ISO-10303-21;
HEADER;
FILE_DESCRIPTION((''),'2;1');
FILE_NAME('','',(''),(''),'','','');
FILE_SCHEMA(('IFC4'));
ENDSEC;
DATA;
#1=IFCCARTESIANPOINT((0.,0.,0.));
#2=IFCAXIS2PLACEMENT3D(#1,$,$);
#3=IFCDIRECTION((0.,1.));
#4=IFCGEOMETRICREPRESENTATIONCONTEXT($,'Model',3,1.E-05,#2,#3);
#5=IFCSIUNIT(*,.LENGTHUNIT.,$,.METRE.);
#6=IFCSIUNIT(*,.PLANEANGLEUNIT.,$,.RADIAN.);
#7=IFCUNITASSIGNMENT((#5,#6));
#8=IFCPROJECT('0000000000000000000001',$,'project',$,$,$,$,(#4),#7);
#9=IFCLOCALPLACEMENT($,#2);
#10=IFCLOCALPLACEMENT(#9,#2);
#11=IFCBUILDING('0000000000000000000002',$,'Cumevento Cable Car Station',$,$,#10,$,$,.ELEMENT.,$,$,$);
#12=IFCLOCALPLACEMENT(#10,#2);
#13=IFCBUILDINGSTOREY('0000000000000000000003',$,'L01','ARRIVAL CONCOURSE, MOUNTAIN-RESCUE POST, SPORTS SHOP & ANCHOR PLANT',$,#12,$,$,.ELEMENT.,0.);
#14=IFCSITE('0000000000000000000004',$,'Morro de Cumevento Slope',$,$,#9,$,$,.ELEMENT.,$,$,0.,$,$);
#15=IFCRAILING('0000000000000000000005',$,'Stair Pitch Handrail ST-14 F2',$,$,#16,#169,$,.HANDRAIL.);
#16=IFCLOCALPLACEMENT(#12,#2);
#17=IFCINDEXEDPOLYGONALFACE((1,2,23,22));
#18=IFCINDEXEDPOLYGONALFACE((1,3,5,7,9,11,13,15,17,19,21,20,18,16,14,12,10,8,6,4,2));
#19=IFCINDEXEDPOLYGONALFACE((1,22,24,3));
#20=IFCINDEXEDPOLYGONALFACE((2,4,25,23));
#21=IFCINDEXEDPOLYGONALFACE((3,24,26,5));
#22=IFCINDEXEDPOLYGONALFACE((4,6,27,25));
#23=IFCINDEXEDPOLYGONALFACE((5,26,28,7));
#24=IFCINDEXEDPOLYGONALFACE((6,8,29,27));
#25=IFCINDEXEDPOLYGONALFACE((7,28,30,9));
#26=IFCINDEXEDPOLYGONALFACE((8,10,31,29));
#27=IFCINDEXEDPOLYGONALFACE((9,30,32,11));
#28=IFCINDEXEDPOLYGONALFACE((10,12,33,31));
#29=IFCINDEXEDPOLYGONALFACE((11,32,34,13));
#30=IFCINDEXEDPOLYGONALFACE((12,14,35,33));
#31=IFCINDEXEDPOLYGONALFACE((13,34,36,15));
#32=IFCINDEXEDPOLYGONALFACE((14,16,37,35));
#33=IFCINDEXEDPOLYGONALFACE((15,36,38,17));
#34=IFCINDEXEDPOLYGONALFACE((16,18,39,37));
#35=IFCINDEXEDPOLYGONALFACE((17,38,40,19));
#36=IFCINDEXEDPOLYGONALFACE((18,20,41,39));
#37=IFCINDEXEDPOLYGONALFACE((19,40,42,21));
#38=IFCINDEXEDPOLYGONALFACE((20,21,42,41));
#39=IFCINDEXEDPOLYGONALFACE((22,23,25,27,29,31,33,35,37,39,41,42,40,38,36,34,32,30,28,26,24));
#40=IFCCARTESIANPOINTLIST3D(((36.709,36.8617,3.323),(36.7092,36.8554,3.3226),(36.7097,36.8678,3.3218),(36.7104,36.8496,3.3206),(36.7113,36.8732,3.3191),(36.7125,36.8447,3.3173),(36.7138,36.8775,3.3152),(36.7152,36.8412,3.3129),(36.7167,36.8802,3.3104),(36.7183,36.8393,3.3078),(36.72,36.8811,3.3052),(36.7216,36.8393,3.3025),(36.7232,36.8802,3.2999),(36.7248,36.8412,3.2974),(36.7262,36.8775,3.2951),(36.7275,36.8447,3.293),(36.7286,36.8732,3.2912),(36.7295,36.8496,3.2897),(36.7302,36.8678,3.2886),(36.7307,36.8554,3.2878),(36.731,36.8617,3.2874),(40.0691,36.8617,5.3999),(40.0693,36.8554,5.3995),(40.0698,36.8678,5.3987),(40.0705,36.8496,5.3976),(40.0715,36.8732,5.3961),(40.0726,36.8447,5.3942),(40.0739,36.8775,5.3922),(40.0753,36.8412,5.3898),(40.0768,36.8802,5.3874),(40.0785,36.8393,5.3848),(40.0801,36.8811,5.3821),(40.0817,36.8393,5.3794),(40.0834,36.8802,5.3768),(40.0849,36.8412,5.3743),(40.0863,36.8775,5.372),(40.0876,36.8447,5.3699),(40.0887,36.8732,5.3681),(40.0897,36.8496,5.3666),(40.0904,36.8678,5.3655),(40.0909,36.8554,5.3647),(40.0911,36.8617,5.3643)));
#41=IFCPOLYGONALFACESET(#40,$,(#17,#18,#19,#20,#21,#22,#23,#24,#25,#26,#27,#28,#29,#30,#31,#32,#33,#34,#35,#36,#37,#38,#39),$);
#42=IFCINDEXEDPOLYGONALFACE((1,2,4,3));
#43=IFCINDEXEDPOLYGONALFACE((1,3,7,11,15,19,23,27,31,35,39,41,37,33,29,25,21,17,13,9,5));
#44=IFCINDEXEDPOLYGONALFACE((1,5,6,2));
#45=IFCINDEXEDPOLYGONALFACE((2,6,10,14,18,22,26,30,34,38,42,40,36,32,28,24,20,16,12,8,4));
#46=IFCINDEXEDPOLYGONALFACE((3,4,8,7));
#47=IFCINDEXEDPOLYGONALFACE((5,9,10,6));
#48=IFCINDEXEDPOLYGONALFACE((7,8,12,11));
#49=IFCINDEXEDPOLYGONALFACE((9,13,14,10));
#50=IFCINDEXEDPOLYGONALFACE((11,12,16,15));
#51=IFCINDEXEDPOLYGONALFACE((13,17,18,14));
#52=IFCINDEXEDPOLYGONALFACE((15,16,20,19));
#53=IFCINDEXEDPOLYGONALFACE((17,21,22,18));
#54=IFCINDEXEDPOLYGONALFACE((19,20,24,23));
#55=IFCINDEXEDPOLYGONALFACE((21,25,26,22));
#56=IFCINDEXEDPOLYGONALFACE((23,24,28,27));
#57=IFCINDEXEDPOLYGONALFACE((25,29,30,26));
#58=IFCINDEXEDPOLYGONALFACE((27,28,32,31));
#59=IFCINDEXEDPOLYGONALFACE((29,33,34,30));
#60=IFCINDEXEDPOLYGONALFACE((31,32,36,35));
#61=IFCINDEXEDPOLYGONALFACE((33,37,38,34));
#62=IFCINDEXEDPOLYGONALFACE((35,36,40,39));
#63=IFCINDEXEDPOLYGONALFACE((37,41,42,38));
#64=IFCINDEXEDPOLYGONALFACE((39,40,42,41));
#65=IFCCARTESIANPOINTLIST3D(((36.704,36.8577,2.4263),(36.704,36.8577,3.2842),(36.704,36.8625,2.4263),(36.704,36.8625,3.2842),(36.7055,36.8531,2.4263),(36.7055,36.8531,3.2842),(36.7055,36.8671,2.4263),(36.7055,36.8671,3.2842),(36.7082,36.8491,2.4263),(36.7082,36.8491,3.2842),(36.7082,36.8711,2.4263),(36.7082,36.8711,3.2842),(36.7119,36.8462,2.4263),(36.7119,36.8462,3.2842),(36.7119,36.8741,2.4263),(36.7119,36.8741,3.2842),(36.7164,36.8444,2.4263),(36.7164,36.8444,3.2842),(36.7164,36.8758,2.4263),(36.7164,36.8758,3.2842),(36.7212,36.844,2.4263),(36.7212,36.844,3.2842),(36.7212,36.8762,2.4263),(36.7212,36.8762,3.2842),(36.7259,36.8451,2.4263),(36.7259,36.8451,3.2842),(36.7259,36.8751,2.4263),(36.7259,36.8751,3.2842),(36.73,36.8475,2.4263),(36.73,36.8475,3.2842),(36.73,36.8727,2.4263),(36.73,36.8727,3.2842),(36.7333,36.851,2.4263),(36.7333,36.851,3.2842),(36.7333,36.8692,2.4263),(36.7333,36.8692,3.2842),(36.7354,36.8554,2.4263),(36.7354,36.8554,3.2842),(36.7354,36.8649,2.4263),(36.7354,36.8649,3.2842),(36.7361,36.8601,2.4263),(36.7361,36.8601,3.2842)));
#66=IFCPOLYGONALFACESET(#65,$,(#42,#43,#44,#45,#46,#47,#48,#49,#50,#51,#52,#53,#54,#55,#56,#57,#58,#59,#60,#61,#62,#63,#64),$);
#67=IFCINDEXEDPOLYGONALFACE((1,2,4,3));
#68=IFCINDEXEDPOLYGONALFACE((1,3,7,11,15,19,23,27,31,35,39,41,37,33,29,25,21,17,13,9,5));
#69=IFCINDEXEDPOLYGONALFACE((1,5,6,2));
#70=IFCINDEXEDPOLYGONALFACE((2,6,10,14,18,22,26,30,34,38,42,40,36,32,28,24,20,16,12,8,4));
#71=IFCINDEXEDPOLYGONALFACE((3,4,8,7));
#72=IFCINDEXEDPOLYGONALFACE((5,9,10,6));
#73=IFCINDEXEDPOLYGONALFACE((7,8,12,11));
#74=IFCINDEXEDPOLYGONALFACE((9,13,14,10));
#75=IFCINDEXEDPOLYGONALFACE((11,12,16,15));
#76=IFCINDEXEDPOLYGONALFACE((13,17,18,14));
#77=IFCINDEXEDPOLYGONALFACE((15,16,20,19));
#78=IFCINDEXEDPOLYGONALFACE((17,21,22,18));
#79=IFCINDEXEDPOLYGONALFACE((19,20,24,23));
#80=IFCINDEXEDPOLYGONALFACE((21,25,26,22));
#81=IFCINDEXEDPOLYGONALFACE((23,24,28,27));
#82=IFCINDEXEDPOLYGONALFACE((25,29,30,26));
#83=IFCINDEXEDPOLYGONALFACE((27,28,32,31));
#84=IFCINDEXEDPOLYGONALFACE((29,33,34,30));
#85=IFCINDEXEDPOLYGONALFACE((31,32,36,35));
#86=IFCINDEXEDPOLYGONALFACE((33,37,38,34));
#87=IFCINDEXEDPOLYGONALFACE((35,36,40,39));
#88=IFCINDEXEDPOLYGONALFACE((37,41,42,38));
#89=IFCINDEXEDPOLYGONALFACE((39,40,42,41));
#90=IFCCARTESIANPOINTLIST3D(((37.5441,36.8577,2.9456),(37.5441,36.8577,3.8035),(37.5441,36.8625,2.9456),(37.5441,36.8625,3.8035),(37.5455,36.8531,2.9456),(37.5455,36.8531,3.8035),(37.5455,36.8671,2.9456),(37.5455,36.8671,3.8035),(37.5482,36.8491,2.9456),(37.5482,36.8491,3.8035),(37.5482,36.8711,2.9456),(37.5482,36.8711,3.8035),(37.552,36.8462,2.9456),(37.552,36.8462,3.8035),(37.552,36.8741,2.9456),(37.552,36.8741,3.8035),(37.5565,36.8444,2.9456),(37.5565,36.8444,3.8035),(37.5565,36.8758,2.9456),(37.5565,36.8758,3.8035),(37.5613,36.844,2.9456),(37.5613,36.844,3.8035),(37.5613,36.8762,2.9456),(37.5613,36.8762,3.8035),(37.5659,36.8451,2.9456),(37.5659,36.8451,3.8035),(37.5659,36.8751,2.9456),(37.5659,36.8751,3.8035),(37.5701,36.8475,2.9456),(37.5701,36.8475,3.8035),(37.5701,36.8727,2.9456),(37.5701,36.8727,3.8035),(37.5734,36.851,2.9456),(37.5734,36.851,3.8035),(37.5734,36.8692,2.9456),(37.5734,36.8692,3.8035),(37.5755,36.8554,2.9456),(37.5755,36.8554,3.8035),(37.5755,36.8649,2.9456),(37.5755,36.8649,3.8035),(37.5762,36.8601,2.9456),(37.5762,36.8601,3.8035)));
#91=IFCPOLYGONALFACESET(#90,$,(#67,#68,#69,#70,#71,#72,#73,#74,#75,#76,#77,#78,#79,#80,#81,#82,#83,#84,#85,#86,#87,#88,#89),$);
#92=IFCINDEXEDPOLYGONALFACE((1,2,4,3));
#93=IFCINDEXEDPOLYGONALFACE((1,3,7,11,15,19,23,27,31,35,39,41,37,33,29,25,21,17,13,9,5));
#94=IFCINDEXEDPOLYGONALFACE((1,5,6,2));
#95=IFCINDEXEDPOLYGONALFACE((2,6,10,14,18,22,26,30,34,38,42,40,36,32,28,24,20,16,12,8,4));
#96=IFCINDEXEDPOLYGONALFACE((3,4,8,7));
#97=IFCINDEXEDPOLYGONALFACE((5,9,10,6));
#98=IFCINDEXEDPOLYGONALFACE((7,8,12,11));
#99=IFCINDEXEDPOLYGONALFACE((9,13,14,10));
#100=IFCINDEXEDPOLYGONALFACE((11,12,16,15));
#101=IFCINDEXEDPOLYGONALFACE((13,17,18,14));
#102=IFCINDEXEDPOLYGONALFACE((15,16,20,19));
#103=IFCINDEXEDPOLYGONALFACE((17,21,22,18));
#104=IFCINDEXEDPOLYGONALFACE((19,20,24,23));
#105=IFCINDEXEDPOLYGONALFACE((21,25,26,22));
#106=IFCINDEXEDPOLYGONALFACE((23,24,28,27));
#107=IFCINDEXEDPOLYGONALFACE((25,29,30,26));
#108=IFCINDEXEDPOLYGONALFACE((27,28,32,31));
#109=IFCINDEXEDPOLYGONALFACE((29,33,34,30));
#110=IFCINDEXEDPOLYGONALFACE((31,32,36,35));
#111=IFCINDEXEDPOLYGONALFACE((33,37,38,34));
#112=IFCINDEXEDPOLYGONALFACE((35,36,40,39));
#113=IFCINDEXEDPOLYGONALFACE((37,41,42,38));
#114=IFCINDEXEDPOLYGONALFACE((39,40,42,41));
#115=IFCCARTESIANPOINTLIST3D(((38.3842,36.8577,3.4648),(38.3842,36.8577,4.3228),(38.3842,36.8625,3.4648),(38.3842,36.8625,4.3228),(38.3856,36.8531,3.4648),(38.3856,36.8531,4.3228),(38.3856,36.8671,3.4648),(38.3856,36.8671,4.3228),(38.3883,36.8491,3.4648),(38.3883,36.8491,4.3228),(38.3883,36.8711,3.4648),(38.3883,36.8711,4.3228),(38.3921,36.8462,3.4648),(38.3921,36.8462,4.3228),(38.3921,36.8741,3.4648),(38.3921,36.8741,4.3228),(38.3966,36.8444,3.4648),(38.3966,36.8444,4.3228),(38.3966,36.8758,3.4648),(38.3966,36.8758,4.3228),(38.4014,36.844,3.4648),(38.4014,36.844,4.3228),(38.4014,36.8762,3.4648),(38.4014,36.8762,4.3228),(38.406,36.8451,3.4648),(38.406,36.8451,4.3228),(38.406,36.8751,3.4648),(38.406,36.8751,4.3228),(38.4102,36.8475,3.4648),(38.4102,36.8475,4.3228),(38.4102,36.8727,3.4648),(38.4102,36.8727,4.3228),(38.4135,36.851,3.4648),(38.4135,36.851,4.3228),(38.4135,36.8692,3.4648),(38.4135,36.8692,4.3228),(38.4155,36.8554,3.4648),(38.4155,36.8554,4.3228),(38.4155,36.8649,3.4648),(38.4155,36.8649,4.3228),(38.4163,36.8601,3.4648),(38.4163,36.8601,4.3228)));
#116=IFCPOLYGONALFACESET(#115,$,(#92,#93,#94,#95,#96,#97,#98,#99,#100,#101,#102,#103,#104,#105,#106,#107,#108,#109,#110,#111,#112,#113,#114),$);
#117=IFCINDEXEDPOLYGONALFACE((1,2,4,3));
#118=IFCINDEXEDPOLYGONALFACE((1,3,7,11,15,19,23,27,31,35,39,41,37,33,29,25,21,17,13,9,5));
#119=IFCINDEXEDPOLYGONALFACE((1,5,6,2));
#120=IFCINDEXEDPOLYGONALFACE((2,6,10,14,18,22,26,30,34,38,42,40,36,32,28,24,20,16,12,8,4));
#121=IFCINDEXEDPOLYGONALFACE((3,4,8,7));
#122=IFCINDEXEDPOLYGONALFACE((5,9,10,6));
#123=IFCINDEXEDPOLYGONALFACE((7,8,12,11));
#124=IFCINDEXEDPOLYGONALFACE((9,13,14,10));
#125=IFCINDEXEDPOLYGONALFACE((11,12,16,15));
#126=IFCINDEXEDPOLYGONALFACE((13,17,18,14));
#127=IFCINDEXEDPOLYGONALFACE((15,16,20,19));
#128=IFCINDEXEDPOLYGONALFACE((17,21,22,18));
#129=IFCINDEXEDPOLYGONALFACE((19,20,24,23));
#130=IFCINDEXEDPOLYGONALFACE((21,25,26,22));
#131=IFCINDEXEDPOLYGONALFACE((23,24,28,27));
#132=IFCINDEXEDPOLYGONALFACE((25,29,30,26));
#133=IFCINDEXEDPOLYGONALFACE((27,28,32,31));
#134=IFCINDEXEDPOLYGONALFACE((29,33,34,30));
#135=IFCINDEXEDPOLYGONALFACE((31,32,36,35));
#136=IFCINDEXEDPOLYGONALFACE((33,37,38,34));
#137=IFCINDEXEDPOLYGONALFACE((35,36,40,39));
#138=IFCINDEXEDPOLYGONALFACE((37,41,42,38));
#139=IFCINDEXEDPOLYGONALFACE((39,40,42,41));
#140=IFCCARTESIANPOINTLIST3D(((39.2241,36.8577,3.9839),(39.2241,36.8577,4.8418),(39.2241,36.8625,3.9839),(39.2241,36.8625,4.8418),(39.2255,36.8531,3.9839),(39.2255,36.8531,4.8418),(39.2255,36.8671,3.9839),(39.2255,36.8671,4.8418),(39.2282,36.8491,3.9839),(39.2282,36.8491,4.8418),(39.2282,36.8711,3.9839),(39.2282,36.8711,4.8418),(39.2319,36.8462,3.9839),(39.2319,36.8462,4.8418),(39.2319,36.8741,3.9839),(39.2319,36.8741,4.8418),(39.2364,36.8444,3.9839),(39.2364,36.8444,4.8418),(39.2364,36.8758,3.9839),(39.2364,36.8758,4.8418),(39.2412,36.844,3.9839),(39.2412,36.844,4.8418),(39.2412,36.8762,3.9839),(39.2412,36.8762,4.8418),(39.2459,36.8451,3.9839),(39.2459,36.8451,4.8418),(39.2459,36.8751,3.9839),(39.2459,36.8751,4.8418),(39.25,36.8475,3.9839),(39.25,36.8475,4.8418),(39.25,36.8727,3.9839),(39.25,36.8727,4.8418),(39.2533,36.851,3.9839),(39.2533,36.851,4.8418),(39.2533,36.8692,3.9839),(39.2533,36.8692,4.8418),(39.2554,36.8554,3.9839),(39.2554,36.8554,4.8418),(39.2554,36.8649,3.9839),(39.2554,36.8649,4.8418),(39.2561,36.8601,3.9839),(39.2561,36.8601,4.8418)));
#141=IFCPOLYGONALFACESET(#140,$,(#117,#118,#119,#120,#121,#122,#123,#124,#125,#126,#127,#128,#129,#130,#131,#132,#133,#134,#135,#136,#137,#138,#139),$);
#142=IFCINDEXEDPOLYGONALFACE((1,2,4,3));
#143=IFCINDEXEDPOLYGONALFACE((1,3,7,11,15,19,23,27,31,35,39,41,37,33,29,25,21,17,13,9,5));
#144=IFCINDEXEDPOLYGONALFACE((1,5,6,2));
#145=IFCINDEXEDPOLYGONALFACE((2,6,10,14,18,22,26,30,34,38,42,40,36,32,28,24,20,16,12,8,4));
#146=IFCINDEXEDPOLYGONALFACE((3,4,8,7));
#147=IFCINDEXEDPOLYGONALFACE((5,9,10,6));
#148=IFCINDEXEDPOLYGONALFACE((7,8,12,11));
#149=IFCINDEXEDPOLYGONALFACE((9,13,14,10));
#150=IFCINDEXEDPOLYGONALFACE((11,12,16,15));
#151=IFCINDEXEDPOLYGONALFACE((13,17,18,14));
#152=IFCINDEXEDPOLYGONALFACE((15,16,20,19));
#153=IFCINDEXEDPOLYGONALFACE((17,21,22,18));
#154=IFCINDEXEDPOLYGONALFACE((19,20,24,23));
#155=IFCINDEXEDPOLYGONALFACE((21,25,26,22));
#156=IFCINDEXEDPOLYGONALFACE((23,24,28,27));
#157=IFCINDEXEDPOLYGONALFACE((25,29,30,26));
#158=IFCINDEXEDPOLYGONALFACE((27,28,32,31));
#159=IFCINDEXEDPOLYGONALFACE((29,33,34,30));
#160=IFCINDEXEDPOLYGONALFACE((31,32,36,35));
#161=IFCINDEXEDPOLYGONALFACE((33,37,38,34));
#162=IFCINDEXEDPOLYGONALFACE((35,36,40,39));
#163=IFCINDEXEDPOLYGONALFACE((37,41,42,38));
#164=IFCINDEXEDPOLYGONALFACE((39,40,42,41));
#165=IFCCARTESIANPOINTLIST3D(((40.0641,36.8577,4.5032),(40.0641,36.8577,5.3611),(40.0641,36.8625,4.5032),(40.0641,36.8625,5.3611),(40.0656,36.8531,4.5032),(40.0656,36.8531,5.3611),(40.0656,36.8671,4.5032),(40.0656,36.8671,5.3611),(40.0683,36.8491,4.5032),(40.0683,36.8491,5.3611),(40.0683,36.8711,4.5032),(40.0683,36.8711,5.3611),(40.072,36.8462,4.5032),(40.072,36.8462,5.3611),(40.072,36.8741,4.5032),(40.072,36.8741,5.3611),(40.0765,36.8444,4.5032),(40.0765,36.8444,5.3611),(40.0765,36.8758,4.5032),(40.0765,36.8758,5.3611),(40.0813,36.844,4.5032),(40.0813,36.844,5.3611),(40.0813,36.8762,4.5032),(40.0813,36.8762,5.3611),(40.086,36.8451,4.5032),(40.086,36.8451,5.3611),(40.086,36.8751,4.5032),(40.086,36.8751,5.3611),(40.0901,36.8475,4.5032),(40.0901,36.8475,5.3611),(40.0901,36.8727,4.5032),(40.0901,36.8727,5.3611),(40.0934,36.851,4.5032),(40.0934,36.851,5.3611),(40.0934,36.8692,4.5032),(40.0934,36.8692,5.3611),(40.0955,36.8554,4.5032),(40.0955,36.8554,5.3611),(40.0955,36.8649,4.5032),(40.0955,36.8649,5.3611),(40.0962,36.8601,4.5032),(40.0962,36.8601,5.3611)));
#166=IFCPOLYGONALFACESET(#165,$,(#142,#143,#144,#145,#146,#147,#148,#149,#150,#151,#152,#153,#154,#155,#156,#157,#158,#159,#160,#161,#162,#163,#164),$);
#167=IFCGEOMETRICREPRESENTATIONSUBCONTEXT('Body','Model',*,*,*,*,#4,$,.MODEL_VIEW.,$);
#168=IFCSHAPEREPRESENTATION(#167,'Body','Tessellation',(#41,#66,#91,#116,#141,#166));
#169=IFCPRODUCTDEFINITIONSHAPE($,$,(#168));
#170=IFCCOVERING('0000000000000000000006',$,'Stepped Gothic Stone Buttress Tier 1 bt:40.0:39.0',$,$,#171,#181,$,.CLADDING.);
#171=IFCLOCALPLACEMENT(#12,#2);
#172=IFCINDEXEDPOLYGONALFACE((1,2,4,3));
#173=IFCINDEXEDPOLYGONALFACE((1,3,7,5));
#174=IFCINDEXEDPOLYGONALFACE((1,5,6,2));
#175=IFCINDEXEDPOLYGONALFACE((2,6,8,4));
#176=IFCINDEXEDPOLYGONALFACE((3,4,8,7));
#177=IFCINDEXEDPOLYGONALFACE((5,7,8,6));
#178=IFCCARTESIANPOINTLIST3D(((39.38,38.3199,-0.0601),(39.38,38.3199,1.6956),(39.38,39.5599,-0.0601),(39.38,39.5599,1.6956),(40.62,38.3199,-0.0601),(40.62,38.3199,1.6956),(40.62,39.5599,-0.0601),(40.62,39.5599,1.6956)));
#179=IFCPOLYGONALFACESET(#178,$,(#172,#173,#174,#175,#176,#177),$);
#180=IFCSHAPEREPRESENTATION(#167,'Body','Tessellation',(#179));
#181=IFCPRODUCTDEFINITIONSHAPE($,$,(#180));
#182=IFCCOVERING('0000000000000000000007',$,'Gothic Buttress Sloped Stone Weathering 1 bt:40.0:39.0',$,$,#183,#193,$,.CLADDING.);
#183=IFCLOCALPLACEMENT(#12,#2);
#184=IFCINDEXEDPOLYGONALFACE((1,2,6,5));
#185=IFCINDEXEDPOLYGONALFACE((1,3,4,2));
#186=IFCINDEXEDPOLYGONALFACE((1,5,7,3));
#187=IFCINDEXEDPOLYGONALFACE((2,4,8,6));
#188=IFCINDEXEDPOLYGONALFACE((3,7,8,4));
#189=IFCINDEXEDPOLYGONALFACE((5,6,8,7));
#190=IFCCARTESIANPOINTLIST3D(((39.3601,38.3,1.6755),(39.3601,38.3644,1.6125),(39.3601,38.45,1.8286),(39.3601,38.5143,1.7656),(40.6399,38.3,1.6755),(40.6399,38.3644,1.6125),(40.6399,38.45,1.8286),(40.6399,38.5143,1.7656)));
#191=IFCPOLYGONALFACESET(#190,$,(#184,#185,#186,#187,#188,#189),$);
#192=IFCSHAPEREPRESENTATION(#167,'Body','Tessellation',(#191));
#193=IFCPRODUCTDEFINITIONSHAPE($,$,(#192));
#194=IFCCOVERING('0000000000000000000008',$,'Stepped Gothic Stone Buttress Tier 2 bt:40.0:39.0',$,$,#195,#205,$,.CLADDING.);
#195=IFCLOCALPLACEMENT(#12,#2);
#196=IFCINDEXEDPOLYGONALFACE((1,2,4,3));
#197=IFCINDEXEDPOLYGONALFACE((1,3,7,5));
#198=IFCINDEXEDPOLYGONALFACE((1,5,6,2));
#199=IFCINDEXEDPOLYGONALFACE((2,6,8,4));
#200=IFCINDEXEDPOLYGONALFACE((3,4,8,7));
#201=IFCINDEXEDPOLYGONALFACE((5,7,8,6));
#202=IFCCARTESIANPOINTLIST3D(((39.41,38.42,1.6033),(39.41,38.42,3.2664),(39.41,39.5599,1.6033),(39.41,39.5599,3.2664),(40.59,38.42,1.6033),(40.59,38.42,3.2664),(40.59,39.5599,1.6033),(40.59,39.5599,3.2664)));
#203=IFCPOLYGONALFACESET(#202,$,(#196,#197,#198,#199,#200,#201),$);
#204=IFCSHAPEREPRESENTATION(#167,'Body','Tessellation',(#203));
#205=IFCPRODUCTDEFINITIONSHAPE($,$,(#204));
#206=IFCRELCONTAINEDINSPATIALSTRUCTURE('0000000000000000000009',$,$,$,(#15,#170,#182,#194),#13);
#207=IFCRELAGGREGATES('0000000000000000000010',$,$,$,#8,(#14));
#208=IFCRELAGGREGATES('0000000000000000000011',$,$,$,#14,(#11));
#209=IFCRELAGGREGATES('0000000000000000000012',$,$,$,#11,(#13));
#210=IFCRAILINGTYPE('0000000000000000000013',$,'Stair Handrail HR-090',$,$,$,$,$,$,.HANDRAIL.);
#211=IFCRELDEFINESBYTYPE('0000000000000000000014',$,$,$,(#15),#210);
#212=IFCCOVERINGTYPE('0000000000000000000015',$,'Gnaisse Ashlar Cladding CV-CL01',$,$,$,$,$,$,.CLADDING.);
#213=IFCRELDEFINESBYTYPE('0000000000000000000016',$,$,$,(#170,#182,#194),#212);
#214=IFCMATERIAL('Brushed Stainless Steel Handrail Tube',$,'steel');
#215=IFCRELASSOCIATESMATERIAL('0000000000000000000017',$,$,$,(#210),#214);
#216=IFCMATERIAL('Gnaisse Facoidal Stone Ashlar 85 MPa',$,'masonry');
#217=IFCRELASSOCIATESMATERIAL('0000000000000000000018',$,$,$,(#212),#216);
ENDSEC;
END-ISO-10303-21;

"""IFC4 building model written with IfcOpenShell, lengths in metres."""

from ifc_helpers import new_model, si_unit, direction, frame, origin, origin_2d, place, context, subcontext, project, spatial, polyline, rectangle, circle, outline, extrude, material, type_object, element, save


model = new_model("IFC4")

# Units and contexts
model_context = context("Model", 3, precision=1e-05, world=origin(), true_north=direction((0.0, 1.0)))
body_context = subcontext(model_context, "Body", "Model", "MODEL_VIEW")
ifc_project = project(units=[si_unit("LENGTHUNIT", "METRE"), si_unit("PLANEANGLEUNIT", "RADIAN")], contexts=[model_context])

# Site, building, storey
site_placement = place(None, origin())
site = spatial("IfcSite", under=ifc_project, at=site_placement, Name="Morro de Cumevento Slope", CompositionType="ELEMENT", RefElevation=0.0)
building_placement = place(site_placement, origin())
building = spatial("IfcBuilding", under=site, at=building_placement, Name="Cumevento Cable Car Station", CompositionType="ELEMENT")
storey_placement = place(building_placement, origin())
storey = spatial("IfcBuildingStorey", under=building, at=storey_placement, Name="L01", Description="ARRIVAL CONCOURSE, MOUNTAIN-RESCUE POST, SPORTS SHOP & ANCHOR PLANT", CompositionType="ELEMENT", Elevation=0.0)

# Railing
ifc_material_1 = material(Name="Brushed Stainless Steel Handrail Tube", Category="steel")
railing_type_1 = type_object("IfcRailingType", Name="Stair Handrail HR-090", PredefinedType="HANDRAIL", material=ifc_material_1)
railing_1_placement = place(storey_placement, frame((36.72, 36.8601, 2.4263)))
element("IfcRailing", 1, at=railing_1_placement, inside=storey, type_object=railing_type_1, Name="Stair Pitch Handrail ST-14 F2", PredefinedType="HANDRAIL", context=body_context, shape_type="SweptSolid", body=[
    extrude(circle(Radius=0.021, at=origin_2d()), frame((0.0, 0.0, 0.8789), z_axis=(0.850623, 0.0, 0.525776), x_axis=(0.0, 1.0, 0.0)), (0.0, 0.0, 1.0), 3.9502),
    extrude(circle(Radius=0.0161, at=origin_2d()), origin(), (0.0, 0.0, 1.0), 0.8579),
    extrude(circle(Radius=0.0161, at=origin_2d()), frame((0.8401, 0.0, 0.5193)), (0.0, 0.0, 1.0), 0.8579),
    extrude(circle(Radius=0.0161, at=origin_2d()), frame((1.6802, 0.0, 1.0386)), (0.0, 0.0, 1.0), 0.8579),
    extrude(circle(Radius=0.0161, at=origin_2d()), frame((2.52, 0.0, 1.5576)), (0.0, 0.0, 1.0), 0.8579),
    extrude(circle(Radius=0.0161, at=origin_2d()), frame((3.3601, 0.0, 2.0769)), (0.0, 0.0, 1.0), 0.8579),
])

# Coverings
ifc_material_2 = material(Name="Gnaisse Facoidal Stone Ashlar 85 MPa", Category="masonry")
covering_type = type_object("IfcCoveringType", Name="Gnaisse Ashlar Cladding CV-CL01", PredefinedType="CLADDING", material=ifc_material_2)
covering_1_placement = place(storey_placement, frame((40.0, 38.9399, -0.0601), z_axis=(0.0, 0.0, 1.0), x_axis=(1.0, 0.0, 0.0)))
element("IfcCovering", 2, at=covering_1_placement, inside=storey, type_object=covering_type, Name="Stepped Gothic Stone Buttress Tier 1 bt:40.0:39.0", PredefinedType="CLADDING", context=body_context, shape_type="SweptSolid", body=[
    extrude(rectangle(XDim=1.24, YDim=1.24, at=origin_2d()), origin(), (0.0, 0.0, 1.0), 1.7556),
])
covering_2_placement = place(storey_placement, frame((39.3601, 38.3, 1.6755), z_axis=(0.0, -0.714475, 0.699661), x_axis=(1.0, 0.0, 0.0)))
element("IfcCovering", 3, at=covering_2_placement, inside=storey, type_object=covering_type, Name="Gothic Buttress Sloped Stone Weathering 1 bt:40.0:39.0", PredefinedType="CLADDING", context=body_context, shape_type="SweptSolid", body=[
    extrude(outline(polyline([(0.0, 0.0), (1.2798, 0.0), (1.2798, 0.2142), (0.0, 0.2142), (0.0, 0.0)])), origin(), (0.0, 0.0, -1.0), 0.0901),
])
covering_3_placement = place(storey_placement, frame((40.0, 38.99, 1.6033), z_axis=(0.0, 0.0, 1.0), x_axis=(1.0, 0.0, 0.0)))
element("IfcCovering", 4, at=covering_3_placement, inside=storey, type_object=covering_type, Name="Stepped Gothic Stone Buttress Tier 2 bt:40.0:39.0", PredefinedType="CLADDING", context=body_context, shape_type="SweptSolid", body=[
    extrude(rectangle(XDim=1.1799, YDim=1.1399, at=origin_2d()), origin(), (0.0, 0.0, 1.0), 1.6631),
])

save(model, "model.ifc")
